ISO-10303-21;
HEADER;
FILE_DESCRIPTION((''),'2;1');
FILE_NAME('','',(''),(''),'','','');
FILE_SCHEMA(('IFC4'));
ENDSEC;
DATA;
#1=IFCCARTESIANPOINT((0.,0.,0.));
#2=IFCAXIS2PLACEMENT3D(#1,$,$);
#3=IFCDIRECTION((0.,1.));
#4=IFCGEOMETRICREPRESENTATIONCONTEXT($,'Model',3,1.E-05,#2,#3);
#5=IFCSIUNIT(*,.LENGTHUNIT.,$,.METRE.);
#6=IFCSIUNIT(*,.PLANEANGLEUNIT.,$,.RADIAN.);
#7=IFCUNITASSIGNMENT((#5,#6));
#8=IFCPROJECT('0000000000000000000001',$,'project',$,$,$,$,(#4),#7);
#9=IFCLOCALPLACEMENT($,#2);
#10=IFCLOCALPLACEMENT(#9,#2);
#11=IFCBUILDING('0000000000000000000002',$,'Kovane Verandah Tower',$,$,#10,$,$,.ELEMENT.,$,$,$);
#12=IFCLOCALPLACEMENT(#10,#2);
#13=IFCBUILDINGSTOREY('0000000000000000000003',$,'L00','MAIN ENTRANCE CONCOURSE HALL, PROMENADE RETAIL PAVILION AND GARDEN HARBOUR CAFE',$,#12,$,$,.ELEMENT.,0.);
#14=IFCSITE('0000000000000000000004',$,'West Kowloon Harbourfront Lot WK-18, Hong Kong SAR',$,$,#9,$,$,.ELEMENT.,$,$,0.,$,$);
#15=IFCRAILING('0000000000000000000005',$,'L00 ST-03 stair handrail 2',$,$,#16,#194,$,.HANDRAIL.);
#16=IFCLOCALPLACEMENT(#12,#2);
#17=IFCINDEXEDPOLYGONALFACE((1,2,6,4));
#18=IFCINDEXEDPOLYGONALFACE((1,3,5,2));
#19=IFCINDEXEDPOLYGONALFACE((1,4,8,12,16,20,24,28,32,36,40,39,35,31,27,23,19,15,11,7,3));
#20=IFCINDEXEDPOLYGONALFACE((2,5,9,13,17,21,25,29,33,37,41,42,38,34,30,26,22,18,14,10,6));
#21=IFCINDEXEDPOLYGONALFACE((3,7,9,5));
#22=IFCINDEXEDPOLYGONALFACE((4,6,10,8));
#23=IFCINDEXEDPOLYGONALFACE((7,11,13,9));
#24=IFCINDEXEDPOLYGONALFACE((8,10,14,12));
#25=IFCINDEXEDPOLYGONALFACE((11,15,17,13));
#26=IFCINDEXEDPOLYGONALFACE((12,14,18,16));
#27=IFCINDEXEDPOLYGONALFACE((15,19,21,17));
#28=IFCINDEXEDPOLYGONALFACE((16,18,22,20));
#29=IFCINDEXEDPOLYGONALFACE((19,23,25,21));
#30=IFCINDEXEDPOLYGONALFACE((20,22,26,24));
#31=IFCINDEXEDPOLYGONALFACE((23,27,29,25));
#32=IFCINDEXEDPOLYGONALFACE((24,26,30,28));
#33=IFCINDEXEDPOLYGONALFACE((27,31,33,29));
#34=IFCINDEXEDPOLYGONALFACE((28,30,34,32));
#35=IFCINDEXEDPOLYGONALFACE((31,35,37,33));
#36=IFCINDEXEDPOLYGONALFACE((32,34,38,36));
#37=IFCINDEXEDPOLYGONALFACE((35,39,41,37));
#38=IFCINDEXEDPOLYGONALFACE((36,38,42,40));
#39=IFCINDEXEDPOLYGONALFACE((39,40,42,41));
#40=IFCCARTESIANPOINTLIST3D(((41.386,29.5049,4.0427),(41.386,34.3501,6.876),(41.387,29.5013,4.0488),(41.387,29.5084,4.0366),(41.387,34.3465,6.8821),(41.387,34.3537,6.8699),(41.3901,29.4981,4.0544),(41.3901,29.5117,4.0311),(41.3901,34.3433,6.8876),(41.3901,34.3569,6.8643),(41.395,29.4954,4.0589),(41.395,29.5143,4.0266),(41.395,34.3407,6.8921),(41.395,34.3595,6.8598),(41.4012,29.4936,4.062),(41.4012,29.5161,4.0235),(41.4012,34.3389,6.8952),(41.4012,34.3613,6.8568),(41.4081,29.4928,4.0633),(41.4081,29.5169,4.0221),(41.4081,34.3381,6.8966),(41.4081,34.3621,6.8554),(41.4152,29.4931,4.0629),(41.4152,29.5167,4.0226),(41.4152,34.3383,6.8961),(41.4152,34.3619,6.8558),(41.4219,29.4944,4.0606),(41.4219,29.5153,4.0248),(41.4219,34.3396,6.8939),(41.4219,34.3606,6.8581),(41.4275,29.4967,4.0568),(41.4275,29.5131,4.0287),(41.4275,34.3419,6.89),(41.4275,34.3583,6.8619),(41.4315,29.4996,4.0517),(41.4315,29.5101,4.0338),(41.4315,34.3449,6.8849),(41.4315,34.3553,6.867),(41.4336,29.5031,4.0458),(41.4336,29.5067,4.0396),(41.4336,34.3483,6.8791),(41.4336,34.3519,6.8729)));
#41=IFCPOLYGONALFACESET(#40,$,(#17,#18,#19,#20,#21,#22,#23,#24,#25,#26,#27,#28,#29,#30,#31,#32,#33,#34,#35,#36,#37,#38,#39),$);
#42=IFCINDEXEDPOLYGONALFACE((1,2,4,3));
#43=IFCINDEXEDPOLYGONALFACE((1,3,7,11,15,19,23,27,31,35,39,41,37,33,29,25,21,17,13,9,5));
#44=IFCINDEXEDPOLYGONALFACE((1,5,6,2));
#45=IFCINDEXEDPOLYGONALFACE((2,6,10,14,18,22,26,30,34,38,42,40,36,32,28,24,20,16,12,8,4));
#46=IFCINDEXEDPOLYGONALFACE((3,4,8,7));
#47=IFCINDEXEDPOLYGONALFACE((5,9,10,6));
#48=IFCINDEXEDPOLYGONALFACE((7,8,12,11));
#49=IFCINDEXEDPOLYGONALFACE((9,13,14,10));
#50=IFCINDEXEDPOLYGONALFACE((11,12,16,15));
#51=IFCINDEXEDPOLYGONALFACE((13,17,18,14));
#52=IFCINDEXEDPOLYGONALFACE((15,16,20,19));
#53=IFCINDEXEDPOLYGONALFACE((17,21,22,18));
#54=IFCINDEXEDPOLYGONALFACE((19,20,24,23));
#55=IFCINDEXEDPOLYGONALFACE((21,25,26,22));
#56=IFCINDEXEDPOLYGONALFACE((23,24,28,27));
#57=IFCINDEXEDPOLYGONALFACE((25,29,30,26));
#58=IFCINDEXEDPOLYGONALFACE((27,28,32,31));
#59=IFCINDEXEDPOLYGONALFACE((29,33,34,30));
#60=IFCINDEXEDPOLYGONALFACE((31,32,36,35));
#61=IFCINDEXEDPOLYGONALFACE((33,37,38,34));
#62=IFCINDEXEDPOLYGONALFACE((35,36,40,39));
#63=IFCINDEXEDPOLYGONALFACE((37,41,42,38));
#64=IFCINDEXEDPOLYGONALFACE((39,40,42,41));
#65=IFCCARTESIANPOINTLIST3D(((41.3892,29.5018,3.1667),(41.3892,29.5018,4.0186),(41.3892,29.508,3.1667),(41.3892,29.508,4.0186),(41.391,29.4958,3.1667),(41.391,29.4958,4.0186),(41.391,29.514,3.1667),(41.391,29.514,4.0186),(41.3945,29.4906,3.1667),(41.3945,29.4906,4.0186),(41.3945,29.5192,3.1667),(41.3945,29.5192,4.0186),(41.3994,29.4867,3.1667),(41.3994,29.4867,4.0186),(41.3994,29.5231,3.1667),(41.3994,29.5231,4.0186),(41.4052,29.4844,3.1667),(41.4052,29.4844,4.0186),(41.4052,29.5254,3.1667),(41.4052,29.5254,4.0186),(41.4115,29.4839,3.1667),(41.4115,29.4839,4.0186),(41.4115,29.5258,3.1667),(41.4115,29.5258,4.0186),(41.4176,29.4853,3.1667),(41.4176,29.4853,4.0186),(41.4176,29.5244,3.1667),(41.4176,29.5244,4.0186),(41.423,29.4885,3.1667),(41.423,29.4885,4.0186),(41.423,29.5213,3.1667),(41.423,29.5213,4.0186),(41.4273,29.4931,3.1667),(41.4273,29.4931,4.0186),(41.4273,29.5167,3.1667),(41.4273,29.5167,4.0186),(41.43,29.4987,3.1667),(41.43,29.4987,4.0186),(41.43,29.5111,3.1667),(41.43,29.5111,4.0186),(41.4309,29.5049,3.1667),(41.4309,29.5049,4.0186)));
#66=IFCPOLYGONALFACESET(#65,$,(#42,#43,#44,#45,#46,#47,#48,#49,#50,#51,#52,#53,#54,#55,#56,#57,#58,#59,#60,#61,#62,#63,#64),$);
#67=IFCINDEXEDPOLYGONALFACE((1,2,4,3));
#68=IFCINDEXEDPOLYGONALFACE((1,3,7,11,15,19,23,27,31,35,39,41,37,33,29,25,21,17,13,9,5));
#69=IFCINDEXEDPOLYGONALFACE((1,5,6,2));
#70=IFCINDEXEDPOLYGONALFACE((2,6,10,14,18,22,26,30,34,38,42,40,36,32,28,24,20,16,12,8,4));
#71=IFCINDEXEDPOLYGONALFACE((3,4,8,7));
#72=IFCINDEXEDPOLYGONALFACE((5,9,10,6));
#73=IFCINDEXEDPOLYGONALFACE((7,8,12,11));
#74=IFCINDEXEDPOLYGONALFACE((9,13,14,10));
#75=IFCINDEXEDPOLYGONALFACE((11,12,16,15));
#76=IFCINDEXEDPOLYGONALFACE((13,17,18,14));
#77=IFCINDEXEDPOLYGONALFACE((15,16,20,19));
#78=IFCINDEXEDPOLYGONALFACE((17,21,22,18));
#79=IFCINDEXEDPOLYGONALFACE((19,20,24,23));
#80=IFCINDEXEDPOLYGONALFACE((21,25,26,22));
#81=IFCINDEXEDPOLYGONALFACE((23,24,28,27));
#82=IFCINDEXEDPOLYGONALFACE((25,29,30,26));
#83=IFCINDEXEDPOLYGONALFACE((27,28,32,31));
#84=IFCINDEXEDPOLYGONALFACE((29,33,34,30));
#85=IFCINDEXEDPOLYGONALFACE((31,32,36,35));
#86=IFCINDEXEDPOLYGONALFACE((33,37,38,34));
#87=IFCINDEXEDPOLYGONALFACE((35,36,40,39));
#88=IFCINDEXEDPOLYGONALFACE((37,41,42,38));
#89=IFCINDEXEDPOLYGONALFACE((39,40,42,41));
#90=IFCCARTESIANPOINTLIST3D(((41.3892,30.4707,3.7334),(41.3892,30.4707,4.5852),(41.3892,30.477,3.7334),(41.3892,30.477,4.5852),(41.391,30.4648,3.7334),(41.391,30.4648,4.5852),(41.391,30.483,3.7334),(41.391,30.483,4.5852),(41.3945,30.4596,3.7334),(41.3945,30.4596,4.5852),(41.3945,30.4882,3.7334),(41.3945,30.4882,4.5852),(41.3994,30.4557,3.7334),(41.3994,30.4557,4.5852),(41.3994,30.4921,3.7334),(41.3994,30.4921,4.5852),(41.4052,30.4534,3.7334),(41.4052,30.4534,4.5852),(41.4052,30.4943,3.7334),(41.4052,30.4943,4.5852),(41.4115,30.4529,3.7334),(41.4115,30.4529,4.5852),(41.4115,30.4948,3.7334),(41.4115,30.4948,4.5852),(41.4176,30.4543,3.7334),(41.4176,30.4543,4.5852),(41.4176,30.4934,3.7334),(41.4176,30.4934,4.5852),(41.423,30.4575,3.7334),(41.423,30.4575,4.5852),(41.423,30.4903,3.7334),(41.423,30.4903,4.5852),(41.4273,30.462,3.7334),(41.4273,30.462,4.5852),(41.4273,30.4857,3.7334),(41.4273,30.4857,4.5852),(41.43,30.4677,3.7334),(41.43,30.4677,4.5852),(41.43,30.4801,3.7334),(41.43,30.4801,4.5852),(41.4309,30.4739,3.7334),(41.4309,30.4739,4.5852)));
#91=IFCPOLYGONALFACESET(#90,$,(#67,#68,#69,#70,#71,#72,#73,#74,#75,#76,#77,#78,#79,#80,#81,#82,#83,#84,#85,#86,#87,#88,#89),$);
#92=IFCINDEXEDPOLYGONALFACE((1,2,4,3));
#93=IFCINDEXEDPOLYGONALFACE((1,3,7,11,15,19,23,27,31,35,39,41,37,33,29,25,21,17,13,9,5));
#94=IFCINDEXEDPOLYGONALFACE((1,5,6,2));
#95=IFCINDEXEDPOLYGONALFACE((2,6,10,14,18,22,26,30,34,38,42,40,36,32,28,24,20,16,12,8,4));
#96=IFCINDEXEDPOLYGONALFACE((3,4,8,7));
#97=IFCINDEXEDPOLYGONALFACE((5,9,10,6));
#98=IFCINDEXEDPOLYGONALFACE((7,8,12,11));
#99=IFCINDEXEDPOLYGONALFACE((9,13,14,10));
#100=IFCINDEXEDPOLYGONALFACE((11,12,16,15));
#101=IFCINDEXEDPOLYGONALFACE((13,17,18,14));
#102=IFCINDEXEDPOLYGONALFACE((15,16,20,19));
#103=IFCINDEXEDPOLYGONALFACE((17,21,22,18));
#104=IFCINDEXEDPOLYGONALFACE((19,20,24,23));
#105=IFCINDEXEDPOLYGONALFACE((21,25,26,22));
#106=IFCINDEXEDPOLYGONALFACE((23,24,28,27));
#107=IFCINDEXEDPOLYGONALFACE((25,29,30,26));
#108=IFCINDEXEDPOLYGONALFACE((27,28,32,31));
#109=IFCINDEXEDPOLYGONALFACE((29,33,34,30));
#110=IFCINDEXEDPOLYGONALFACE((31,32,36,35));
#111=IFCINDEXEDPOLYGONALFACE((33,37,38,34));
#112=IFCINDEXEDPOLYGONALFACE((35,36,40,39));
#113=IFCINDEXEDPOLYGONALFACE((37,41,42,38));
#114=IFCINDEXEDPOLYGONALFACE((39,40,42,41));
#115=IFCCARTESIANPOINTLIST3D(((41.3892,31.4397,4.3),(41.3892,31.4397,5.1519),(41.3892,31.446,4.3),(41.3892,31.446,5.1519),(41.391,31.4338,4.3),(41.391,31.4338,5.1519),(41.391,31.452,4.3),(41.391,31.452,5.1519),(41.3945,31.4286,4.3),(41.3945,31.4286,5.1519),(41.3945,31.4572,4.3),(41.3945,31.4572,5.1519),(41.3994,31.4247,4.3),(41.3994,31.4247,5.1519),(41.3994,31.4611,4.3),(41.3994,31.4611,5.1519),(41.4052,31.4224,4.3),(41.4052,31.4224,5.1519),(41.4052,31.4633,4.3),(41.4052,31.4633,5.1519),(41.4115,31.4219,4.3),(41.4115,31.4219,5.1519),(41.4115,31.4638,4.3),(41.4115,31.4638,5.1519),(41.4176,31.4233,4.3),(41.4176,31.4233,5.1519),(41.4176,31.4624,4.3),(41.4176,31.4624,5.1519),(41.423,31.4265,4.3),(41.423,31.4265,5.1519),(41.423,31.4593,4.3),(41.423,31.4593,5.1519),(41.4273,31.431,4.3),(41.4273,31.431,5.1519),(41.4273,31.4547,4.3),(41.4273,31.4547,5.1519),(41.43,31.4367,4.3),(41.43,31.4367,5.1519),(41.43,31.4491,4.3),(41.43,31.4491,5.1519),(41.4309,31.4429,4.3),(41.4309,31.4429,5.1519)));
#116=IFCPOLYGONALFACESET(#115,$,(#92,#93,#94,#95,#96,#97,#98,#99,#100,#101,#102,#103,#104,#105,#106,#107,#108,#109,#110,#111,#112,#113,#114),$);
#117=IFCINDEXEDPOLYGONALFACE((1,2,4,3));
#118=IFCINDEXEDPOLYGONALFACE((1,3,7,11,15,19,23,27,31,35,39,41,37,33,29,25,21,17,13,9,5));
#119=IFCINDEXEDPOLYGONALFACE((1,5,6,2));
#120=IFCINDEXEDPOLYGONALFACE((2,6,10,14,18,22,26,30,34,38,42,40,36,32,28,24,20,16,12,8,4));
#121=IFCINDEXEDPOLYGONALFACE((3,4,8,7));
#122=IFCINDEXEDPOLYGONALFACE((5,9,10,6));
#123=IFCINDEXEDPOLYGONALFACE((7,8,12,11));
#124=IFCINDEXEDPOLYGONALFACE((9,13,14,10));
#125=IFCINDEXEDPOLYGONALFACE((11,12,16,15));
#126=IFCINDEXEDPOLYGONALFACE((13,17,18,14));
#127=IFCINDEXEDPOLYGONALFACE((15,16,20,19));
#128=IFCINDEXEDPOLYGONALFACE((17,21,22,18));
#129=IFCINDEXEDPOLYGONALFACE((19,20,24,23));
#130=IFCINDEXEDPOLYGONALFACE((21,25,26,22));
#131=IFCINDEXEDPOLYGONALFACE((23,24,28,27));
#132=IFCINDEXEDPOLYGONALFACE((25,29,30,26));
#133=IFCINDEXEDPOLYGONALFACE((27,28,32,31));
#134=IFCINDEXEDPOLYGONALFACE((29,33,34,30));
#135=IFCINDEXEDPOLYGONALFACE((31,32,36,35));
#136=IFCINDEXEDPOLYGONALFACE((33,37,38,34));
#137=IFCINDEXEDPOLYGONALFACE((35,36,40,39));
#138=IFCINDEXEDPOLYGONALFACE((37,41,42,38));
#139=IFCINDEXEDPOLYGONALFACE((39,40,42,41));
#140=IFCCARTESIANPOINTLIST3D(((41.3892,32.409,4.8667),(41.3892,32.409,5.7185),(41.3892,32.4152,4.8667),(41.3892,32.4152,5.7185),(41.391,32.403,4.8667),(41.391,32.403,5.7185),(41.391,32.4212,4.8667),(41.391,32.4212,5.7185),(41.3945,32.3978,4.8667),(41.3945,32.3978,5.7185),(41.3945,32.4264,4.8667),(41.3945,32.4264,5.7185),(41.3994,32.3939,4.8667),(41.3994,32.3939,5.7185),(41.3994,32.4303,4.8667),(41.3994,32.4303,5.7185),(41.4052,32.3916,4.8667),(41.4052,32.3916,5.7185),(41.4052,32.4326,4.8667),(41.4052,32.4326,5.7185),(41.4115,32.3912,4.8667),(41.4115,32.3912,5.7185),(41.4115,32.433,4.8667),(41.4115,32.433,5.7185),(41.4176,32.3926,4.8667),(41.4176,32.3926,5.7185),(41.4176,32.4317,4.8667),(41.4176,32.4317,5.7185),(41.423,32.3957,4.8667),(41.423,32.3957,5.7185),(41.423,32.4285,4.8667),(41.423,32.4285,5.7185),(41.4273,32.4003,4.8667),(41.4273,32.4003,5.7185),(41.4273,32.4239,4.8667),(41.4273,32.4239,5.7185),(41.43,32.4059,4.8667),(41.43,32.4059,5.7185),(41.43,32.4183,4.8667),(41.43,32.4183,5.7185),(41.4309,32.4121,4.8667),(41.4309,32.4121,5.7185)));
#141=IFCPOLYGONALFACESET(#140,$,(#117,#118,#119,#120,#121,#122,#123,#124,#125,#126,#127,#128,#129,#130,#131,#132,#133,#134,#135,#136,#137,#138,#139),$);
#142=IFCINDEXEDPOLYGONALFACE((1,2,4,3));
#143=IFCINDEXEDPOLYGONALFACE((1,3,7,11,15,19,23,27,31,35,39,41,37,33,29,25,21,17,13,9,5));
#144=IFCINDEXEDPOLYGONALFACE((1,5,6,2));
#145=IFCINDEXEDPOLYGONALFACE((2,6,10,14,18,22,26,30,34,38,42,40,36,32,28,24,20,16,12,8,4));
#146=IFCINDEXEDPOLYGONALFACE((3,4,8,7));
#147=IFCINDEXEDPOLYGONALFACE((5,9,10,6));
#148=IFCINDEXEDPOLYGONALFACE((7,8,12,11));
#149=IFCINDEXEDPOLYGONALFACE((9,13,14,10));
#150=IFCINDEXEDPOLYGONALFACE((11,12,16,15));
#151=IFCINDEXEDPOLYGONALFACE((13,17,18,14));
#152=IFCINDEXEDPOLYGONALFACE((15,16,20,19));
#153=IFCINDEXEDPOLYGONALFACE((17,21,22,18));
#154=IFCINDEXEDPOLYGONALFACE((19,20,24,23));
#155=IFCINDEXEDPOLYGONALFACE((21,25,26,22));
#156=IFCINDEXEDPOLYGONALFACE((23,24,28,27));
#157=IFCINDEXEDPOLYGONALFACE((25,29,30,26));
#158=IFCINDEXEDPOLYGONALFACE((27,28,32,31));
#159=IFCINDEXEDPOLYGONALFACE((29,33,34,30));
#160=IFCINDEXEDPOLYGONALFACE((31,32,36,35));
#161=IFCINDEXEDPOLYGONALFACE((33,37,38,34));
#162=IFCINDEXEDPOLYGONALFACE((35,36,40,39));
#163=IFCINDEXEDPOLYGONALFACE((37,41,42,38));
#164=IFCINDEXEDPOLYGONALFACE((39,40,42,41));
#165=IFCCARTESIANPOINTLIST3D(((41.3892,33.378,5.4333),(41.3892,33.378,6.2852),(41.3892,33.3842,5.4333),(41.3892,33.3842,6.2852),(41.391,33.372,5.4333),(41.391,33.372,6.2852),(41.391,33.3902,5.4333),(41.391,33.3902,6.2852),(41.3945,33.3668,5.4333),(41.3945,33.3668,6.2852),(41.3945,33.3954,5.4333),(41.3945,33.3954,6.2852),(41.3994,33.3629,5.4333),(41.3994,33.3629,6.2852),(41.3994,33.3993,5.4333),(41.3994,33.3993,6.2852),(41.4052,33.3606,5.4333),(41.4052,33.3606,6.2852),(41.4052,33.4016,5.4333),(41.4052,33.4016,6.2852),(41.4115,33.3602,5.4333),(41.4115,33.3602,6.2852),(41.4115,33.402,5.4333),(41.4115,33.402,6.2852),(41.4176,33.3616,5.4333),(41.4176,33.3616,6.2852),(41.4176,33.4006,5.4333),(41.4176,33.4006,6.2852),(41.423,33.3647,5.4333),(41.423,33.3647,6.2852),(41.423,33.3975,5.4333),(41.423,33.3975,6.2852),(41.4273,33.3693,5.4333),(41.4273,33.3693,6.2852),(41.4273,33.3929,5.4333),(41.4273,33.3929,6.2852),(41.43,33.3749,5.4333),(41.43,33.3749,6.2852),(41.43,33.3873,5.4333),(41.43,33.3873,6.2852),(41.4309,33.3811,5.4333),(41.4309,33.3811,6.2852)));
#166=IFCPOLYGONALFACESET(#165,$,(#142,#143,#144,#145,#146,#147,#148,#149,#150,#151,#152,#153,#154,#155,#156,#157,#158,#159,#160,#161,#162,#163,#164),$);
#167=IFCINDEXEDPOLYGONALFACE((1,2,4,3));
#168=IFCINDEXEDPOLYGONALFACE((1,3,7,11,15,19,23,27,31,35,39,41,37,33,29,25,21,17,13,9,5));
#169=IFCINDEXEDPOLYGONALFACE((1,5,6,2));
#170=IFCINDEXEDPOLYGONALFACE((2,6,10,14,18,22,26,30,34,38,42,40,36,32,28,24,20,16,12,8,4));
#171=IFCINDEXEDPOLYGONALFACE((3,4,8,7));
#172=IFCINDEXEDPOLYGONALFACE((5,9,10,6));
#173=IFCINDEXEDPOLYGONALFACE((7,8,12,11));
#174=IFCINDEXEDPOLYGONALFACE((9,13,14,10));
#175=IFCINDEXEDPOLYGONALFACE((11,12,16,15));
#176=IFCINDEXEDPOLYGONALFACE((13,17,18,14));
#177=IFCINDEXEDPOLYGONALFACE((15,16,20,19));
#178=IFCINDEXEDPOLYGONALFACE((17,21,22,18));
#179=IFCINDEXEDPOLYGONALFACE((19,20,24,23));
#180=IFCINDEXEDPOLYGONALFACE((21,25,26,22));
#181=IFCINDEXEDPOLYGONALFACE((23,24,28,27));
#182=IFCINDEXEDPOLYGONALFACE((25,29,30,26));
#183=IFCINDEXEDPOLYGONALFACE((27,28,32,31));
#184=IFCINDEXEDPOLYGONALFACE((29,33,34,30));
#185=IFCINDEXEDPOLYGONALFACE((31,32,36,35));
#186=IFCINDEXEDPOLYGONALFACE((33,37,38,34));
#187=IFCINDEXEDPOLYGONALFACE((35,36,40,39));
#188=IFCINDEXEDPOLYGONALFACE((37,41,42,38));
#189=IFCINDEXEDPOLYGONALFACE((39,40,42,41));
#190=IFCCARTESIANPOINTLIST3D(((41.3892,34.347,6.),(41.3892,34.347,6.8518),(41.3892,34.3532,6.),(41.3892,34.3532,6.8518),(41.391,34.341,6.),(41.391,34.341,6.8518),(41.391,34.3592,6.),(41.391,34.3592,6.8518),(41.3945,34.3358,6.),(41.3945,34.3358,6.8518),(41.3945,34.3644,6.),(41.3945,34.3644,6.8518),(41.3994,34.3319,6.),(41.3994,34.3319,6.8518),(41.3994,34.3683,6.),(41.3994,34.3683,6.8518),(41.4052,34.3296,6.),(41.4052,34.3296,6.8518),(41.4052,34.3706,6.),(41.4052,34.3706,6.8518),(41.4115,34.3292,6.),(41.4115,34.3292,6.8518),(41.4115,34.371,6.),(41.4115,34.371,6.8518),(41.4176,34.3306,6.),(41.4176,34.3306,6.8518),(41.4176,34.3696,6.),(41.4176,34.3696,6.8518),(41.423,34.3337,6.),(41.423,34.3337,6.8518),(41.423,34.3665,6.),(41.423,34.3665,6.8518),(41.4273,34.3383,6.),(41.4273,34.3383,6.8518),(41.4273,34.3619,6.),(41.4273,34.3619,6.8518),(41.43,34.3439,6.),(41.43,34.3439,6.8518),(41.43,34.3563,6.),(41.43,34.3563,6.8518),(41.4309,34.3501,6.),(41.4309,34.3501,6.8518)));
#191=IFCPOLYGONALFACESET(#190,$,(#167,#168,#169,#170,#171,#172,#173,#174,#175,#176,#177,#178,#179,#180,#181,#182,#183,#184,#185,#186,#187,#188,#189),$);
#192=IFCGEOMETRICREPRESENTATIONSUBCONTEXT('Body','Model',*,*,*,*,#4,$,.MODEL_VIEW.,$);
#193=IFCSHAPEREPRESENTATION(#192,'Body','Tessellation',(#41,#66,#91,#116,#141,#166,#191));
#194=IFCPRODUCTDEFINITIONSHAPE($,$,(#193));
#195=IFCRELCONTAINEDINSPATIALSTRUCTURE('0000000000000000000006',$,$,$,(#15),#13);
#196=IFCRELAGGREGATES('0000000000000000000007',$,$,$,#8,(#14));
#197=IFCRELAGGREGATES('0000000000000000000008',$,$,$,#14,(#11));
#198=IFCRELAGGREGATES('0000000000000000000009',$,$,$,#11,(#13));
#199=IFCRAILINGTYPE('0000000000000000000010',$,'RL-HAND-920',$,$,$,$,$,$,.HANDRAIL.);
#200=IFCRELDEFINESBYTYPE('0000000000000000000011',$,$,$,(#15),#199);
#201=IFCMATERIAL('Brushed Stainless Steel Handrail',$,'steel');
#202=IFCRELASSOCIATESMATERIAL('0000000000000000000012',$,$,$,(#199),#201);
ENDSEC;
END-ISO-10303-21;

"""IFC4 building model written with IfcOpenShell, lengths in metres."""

from ifc_helpers import new_model, si_unit, direction, frame, origin, origin_2d, place, context, subcontext, project, spatial, circle, extrude, material, type_object, element, save


model = new_model("IFC4")

# Units and contexts
model_context = context("Model", 3, precision=1e-05, world=origin(), true_north=direction((0.0, 1.0)))
body_context = subcontext(model_context, "Body", "Model", "MODEL_VIEW")
ifc_project = project(units=[si_unit("LENGTHUNIT", "METRE"), si_unit("PLANEANGLEUNIT", "RADIAN")], contexts=[model_context])

# Site, building, storey
site_placement = place(None, origin())
site = spatial("IfcSite", under=ifc_project, at=site_placement, Name="West Kowloon Harbourfront Lot WK-18, Hong Kong SAR", CompositionType="ELEMENT", RefElevation=0.0)
building_placement = place(site_placement, origin())
building = spatial("IfcBuilding", under=site, at=building_placement, Name="Kovane Verandah Tower", CompositionType="ELEMENT")
storey_placement = place(building_placement, origin())
storey = spatial("IfcBuildingStorey", under=building, at=storey_placement, Name="L00", Description="MAIN ENTRANCE CONCOURSE HALL, PROMENADE RETAIL PAVILION AND GARDEN HARBOUR CAFE", CompositionType="ELEMENT", Elevation=0.0)

# Railing
ifc_material_1 = material(Name="Brushed Stainless Steel Handrail", Category="steel")
railing_type_1 = type_object("IfcRailingType", Name="RL-HAND-920", PredefinedType="HANDRAIL", material=ifc_material_1)
railing_1_placement = place(storey_placement, frame((41.4099, 29.5049, 3.1667)))
element("IfcRailing", 1, at=railing_1_placement, inside=storey, type_object=railing_type_1, Name="L00 ST-03 stair handrail 2", PredefinedType="HANDRAIL", context=body_context, shape_type="SweptSolid", body=[
    extrude(circle(Radius=0.0239, at=origin_2d()), frame((0.0, 0.0, 0.876), z_axis=(0.0, 0.863245, 0.504785), x_axis=(-1.0, 0.0, 0.0)), (0.0, 0.0, 1.0), 5.6128),
    extrude(circle(Radius=0.021, at=origin_2d()), origin(), (0.0, 0.0, 1.0), 0.8518),
    extrude(circle(Radius=0.021, at=origin_2d()), frame((0.0, 0.969, 0.5667)), (0.0, 0.0, 1.0), 0.8518),
    extrude(circle(Radius=0.021, at=origin_2d()), frame((0.0, 1.938, 1.1333)), (0.0, 0.0, 1.0), 0.8518),
    extrude(circle(Radius=0.021, at=origin_2d()), frame((0.0, 2.9072, 1.7)), (0.0, 0.0, 1.0), 0.8518),
    extrude(circle(Radius=0.021, at=origin_2d()), frame((0.0, 3.8762, 2.2666)), (0.0, 0.0, 1.0), 0.8518),
    extrude(circle(Radius=0.021, at=origin_2d()), frame((0.0, 4.8452, 2.8333)), (0.0, 0.0, 1.0), 0.8518),
])

save(model, "model.ifc")
